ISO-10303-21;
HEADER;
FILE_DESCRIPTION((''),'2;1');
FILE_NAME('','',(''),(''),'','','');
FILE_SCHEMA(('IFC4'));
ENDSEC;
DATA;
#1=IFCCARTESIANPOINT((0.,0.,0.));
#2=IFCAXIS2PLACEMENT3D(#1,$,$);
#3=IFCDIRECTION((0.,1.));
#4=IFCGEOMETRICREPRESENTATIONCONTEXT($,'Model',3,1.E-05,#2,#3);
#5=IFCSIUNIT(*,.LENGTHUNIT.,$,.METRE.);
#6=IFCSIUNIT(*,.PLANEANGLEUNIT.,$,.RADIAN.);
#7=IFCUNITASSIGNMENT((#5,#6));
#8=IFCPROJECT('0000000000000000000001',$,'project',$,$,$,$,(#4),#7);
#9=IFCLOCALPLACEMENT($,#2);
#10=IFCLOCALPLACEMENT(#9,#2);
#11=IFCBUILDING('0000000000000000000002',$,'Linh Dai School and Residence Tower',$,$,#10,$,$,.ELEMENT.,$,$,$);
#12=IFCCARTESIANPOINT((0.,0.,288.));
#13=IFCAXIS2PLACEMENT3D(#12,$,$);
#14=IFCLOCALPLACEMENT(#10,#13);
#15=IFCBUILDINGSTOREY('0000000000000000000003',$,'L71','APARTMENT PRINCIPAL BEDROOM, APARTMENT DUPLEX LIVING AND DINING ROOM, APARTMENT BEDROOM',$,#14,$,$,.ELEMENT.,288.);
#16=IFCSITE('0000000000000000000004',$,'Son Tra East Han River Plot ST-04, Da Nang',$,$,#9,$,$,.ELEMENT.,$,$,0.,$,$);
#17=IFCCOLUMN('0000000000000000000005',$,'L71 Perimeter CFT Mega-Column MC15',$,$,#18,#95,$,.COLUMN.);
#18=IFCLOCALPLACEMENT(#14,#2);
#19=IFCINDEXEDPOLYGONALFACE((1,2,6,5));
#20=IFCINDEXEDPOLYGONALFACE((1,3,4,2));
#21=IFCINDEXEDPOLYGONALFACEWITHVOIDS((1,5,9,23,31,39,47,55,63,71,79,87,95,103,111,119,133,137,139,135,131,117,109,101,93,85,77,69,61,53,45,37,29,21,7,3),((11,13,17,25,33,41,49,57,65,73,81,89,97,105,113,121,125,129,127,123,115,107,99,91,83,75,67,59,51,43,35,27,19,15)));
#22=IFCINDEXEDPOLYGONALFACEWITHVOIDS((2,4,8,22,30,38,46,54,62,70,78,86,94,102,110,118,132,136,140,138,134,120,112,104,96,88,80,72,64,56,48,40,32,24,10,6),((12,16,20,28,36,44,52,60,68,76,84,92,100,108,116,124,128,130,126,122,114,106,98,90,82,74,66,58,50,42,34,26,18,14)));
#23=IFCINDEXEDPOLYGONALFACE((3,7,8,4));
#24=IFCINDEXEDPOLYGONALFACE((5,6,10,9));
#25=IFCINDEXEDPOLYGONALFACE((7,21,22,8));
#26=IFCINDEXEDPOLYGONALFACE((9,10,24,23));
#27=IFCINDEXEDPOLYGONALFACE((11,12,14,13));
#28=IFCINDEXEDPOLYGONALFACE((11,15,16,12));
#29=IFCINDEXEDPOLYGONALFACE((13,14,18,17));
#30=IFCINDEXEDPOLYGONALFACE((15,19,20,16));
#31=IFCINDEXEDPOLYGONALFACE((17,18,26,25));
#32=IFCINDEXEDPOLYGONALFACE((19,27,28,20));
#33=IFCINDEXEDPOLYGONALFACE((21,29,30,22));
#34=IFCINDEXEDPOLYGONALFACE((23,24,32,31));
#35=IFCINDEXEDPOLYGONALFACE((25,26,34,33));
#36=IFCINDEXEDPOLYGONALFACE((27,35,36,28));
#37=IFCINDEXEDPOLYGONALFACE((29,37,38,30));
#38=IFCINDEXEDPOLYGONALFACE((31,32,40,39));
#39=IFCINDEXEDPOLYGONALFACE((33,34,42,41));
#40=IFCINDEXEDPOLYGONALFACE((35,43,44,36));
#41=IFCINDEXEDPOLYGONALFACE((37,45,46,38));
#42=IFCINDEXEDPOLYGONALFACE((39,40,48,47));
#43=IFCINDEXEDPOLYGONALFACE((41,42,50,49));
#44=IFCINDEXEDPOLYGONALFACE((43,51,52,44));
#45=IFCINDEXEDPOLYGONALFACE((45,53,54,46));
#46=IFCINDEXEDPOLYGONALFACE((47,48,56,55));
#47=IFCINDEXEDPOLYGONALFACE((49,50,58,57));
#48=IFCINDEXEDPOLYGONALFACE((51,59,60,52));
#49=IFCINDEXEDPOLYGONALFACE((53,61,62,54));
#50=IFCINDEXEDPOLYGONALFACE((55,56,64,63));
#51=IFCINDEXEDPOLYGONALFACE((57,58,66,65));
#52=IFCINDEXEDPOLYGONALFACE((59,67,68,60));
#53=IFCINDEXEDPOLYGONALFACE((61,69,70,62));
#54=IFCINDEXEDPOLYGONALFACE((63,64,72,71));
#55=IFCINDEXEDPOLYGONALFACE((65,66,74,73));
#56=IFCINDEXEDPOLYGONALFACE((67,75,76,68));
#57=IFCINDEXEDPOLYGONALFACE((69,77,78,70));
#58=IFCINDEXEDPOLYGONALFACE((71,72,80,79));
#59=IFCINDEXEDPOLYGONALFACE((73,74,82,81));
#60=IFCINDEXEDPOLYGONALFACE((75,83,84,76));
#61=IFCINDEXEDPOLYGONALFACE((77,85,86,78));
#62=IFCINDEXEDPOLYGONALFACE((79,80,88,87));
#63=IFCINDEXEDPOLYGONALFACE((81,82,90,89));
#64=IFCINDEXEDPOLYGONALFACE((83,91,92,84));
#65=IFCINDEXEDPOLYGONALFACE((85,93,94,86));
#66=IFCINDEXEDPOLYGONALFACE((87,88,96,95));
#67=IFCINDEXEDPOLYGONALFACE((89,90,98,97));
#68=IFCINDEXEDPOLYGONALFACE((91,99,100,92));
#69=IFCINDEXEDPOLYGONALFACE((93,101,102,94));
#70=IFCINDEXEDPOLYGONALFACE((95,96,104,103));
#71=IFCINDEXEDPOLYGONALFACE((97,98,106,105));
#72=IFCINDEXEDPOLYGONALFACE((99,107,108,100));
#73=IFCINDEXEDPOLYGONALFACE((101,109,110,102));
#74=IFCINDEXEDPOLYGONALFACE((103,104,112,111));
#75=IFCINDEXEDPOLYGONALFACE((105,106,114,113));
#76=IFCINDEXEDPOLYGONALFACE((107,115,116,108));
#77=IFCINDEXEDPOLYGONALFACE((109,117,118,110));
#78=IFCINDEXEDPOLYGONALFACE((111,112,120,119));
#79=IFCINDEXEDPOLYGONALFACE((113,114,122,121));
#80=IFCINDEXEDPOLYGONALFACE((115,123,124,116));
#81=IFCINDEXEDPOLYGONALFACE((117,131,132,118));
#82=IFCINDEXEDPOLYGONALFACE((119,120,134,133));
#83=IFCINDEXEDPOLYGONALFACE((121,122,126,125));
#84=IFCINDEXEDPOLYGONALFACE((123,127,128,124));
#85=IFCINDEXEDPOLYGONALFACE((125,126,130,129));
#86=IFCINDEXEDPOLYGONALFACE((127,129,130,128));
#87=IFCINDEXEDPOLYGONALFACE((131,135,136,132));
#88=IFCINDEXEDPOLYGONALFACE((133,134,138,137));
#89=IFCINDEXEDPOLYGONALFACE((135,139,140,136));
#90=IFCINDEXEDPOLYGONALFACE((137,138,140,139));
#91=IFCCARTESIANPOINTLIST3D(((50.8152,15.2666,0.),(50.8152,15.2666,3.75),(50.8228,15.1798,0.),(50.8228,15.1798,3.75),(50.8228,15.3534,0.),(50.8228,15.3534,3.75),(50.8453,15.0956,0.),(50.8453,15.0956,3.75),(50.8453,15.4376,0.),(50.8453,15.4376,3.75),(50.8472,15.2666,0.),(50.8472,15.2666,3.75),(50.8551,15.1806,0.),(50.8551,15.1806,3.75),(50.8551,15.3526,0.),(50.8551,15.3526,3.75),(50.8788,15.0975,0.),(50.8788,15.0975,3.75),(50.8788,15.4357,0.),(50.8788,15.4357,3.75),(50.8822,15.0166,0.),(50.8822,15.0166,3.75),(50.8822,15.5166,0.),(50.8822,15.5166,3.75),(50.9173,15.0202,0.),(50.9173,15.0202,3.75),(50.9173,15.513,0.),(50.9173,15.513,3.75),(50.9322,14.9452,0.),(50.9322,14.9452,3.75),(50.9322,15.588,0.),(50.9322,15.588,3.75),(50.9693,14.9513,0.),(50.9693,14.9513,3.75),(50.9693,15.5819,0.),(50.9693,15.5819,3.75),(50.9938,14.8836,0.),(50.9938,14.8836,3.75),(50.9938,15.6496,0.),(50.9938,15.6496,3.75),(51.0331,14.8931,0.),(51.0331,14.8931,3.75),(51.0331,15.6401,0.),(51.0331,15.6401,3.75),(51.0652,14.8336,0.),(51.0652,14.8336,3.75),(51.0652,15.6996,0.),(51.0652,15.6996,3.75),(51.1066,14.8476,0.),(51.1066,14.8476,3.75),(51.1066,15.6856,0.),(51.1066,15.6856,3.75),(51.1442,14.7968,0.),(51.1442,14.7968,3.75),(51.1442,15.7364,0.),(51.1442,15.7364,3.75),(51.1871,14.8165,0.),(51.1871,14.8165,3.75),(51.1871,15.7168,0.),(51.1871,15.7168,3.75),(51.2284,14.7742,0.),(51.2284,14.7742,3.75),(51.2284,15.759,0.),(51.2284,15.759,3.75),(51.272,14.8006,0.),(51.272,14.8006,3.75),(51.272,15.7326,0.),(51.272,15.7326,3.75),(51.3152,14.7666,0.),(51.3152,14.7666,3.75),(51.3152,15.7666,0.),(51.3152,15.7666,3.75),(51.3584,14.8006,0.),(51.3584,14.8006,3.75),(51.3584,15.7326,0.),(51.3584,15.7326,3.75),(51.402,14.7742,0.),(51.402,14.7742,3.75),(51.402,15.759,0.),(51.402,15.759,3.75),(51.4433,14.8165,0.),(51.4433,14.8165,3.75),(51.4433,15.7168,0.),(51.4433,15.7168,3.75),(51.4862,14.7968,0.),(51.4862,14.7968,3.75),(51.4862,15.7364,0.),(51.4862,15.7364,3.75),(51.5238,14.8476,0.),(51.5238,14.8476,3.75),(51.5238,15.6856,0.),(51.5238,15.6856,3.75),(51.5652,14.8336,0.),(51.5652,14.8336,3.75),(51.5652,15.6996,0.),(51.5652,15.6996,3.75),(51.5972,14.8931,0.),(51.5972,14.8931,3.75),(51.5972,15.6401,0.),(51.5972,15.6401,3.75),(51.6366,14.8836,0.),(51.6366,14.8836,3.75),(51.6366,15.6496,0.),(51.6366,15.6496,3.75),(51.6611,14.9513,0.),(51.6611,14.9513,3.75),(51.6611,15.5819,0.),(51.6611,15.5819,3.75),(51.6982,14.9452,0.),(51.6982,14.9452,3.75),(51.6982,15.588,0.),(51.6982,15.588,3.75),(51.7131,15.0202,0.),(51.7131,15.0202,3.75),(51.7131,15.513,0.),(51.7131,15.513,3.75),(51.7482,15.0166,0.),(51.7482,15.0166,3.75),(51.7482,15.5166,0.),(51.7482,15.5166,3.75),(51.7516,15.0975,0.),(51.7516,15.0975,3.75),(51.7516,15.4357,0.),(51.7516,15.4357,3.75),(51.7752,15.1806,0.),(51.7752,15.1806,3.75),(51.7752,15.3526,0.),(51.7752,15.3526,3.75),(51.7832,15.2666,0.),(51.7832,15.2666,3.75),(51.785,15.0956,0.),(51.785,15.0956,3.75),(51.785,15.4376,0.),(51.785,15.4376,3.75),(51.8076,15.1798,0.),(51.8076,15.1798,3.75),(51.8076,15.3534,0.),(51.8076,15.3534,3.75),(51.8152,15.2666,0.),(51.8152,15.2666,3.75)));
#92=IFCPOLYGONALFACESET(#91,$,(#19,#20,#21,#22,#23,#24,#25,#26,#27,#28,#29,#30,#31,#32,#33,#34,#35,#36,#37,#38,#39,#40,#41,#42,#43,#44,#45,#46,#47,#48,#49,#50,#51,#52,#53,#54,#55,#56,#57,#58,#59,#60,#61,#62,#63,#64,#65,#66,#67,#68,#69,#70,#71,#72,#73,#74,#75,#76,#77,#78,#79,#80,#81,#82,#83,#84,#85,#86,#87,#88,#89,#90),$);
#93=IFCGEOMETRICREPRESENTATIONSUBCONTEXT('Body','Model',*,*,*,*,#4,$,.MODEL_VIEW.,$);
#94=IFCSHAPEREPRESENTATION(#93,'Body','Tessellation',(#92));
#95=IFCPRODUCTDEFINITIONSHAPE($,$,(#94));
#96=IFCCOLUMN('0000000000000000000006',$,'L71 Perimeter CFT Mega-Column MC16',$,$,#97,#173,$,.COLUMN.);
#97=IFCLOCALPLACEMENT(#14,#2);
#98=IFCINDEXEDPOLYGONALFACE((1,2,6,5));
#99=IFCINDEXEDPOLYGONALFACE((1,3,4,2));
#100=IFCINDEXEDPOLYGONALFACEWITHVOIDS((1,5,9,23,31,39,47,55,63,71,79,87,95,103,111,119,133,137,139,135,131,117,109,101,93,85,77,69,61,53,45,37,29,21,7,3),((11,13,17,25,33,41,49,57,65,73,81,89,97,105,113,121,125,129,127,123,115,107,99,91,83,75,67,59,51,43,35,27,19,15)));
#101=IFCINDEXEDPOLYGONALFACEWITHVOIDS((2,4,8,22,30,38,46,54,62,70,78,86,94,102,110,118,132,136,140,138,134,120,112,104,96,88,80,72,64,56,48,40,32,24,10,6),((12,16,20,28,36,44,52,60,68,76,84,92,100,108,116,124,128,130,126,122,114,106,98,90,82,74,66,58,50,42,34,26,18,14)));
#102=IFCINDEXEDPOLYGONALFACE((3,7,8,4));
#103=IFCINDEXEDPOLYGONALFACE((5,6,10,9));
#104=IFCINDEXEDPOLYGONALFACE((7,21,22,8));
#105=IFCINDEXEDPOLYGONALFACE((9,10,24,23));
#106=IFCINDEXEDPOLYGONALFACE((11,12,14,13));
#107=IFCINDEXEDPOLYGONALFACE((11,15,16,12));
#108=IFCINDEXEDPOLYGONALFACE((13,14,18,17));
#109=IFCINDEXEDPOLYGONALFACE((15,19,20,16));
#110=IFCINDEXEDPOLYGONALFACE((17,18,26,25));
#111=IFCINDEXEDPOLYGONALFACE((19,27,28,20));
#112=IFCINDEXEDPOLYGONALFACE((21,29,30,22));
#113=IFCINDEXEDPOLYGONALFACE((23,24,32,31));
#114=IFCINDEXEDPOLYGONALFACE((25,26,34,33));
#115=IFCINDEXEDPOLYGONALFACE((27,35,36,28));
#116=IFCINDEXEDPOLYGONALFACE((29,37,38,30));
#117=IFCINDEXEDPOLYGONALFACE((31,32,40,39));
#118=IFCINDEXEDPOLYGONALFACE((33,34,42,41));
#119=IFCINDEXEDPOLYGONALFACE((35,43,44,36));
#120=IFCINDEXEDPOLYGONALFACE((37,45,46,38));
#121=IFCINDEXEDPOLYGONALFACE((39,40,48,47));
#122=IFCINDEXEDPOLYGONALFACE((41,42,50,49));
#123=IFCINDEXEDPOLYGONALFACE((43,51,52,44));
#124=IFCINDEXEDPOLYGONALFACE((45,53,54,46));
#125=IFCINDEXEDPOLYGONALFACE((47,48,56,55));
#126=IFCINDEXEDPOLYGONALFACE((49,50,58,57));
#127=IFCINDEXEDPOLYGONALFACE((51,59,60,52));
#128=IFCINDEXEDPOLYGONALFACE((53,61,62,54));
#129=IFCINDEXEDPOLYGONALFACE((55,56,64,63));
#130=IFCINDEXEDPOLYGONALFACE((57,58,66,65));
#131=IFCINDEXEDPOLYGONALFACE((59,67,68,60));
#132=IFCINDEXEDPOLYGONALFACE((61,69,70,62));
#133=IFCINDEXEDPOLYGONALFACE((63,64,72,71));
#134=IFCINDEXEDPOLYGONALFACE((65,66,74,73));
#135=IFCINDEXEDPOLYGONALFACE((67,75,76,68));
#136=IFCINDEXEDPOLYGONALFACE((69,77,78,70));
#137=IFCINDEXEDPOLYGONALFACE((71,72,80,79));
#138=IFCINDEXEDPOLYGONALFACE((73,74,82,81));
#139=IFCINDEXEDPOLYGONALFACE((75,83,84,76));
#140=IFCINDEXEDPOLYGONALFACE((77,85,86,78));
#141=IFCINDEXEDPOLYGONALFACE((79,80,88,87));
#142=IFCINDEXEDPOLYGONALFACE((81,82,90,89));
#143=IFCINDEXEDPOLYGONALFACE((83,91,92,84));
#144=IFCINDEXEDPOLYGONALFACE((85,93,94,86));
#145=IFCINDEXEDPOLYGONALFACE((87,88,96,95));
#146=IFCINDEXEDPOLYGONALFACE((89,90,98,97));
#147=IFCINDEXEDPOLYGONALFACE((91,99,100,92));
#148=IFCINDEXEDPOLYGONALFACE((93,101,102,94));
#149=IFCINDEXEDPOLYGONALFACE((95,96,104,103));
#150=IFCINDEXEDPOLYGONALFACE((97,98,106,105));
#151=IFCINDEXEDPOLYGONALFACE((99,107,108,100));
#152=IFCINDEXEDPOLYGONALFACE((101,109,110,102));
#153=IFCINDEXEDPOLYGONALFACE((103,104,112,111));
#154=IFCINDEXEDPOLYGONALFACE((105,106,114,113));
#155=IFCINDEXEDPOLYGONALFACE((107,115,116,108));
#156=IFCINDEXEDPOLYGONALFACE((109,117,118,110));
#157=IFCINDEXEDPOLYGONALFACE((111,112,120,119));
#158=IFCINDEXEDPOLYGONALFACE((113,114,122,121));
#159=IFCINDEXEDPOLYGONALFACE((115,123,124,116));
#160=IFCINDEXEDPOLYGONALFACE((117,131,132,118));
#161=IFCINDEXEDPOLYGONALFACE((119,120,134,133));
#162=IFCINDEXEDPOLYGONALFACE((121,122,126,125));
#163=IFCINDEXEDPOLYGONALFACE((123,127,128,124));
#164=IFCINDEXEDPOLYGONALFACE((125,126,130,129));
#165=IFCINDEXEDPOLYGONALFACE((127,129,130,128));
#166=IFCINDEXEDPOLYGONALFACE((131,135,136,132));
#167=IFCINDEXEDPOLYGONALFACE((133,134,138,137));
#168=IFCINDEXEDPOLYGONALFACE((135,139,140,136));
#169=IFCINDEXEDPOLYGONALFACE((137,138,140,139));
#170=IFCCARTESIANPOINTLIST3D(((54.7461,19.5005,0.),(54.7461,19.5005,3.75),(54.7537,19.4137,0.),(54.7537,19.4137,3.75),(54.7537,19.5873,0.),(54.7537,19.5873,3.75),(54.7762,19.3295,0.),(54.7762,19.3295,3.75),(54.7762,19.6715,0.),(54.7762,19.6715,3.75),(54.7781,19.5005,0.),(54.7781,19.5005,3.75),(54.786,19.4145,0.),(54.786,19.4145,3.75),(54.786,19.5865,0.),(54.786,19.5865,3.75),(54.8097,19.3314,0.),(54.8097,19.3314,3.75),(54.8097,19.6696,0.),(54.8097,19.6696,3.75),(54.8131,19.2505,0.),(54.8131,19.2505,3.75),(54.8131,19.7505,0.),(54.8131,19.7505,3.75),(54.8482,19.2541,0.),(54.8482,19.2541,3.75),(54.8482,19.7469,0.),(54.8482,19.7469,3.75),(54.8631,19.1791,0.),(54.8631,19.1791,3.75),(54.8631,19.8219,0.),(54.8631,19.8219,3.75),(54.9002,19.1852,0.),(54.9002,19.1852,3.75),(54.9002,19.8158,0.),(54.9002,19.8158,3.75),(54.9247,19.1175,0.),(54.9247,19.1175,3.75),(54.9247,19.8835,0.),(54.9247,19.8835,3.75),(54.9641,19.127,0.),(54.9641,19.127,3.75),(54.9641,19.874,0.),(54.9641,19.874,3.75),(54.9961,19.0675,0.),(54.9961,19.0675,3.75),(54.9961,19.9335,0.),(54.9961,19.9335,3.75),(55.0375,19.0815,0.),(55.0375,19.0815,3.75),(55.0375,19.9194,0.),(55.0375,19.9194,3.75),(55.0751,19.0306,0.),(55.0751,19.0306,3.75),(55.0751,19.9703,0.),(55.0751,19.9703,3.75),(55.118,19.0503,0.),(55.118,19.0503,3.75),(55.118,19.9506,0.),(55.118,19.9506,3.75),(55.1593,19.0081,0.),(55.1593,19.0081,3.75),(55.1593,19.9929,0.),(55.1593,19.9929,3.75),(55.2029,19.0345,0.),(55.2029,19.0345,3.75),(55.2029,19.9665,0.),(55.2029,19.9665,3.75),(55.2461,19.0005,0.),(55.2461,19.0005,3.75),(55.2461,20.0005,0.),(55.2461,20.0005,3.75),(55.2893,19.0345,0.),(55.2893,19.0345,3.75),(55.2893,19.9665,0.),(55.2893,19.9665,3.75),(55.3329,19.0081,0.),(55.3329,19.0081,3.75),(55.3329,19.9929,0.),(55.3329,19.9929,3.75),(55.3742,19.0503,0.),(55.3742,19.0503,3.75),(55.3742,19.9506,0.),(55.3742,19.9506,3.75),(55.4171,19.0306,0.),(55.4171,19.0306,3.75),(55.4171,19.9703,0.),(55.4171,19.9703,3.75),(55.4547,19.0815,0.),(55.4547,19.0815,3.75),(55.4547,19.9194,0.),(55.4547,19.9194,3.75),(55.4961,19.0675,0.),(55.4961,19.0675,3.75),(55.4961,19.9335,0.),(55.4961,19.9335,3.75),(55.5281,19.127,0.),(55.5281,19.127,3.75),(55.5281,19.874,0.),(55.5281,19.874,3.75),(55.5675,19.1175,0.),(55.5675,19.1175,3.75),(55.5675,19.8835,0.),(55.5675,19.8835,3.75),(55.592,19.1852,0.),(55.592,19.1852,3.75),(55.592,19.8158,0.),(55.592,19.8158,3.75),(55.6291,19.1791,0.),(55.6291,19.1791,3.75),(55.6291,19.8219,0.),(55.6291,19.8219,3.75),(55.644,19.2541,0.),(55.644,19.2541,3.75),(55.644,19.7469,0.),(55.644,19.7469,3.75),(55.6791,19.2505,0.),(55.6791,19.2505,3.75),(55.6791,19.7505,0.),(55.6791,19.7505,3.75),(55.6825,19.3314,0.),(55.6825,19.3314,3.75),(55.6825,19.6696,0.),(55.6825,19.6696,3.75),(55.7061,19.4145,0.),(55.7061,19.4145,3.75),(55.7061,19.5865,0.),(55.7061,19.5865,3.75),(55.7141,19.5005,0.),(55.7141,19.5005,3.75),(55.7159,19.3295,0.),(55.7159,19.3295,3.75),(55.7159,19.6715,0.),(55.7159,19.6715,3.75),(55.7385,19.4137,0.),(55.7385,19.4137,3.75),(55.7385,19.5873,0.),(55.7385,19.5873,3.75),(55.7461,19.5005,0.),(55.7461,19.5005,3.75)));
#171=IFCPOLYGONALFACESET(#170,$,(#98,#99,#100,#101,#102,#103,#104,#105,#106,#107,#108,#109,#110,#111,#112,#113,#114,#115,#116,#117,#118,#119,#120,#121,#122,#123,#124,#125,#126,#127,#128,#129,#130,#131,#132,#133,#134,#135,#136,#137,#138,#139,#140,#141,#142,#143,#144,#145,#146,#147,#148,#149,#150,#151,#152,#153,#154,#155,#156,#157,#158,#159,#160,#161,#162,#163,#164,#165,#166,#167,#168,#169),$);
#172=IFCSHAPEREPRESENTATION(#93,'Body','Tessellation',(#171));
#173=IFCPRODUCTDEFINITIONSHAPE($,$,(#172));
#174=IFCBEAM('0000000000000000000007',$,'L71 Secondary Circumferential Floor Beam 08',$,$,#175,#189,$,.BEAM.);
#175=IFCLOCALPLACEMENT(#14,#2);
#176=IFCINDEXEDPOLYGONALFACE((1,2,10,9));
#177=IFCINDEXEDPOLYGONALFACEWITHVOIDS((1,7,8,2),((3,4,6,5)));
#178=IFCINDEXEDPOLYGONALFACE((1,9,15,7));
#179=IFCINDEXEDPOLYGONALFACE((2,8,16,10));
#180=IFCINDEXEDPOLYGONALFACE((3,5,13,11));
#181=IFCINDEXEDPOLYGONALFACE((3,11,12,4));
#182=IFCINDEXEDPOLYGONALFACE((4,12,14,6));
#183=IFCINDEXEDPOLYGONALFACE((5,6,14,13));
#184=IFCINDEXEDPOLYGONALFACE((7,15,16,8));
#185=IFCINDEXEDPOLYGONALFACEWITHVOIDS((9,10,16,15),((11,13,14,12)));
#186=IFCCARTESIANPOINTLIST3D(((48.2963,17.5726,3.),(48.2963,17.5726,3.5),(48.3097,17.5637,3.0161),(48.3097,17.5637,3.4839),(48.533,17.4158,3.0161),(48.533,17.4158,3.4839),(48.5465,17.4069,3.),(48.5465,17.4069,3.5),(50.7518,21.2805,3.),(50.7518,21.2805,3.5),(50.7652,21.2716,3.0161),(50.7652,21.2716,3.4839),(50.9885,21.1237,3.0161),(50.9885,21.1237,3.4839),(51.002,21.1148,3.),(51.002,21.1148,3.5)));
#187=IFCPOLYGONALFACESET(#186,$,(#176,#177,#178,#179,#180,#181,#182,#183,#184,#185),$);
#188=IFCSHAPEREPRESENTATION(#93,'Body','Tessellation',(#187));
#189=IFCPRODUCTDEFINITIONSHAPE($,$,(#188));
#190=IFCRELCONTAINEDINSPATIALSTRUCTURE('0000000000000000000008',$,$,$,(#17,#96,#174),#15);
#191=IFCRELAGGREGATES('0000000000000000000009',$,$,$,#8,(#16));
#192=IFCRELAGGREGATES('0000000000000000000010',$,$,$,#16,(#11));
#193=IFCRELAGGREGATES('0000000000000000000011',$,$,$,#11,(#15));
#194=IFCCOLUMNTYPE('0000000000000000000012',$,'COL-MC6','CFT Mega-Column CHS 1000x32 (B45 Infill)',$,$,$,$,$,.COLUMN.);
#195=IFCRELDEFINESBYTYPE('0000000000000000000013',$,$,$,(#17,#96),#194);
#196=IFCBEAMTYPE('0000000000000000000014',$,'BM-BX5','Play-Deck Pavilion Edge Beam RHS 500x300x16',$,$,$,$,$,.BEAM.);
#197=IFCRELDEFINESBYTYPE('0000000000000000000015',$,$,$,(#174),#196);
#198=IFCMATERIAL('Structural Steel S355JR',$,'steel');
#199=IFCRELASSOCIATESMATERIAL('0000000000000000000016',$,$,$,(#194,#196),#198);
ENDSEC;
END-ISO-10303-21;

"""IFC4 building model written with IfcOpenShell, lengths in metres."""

from ifc_helpers import new_model, si_unit, direction, frame, origin, origin_2d, place, context, subcontext, project, spatial, hollow_rectangle, hollow_circle, extrude, material, material_profile, profile_set, type_object, element, save


model = new_model("IFC4")

# Units and contexts
model_context = context("Model", 3, precision=1e-05, world=origin(), true_north=direction((0.0, 1.0)))
body_context = subcontext(model_context, "Body", "Model", "MODEL_VIEW")
ifc_project = project(units=[si_unit("LENGTHUNIT", "METRE"), si_unit("PLANEANGLEUNIT", "RADIAN")], contexts=[model_context])

# Site, building, storey
site_placement = place(None, origin())
site = spatial("IfcSite", under=ifc_project, at=site_placement, Name="Son Tra East Han River Plot ST-04, Da Nang", CompositionType="ELEMENT", RefElevation=0.0)
building_placement = place(site_placement, origin())
building = spatial("IfcBuilding", under=site, at=building_placement, Name="Linh Dai School and Residence Tower", CompositionType="ELEMENT")
storey_placement = place(building_placement, frame((0.0, 0.0, 288.0)))
storey = spatial("IfcBuildingStorey", under=building, at=storey_placement, Name="L71", Description="APARTMENT PRINCIPAL BEDROOM, APARTMENT DUPLEX LIVING AND DINING ROOM, APARTMENT BEDROOM", CompositionType="ELEMENT", Elevation=288.0)

# Columns
ifc_material_1 = material(Name="Structural Steel S355JR", Category="steel")
ifc_material_profile_1 = material_profile(ifc_material_1, hollow_circle(Radius=0.5, WallThickness=0.032, at=origin_2d()), Name="CHS 1000x32")
ifc_profile_set_1 = profile_set([ifc_material_profile_1], Name="Structural Steel S355JR")
column_type = type_object("IfcColumnType", Name="COL-MC6", Description="CFT Mega-Column CHS 1000x32 (B45 Infill)", PredefinedType="COLUMN", material=ifc_profile_set_1)
for number, where, z_axis, x_axis, name in (
    (1, (51.3152, 15.2666, 0.0), (0.0, 0.0, 1.0), (1.0, 0.0, 0.0), "L71 Perimeter CFT Mega-Column MC15"),
    (2, (55.2461, 19.5005, 0.0), (0.0, 0.0, 1.0), (1.0, 0.0, 0.0), "L71 Perimeter CFT Mega-Column MC16"),
):
    element("IfcColumn", number, at=place(storey_placement, frame(where, z_axis=z_axis, x_axis=x_axis)), inside=storey, type_object=column_type, Name=name, PredefinedType="COLUMN", context=body_context, shape_type="SweptSolid", body=[
        extrude(hollow_circle(Radius=0.5, WallThickness=0.032, at=origin_2d()), origin(), (0.0, 0.0, 1.0), 3.75),
    ])

# Beam
ifc_material_profile_2 = material_profile(ifc_material_1, hollow_rectangle(XDim=0.3, YDim=0.5, WallThickness=0.0161, at=origin_2d()), Name="RHS 500x300x16")
ifc_profile_set_2 = profile_set([ifc_material_profile_2], Name="Structural Steel S355JR")
beam_type_1 = type_object("IfcBeamType", Name="BM-BX5", Description="Play-Deck Pavilion Edge Beam RHS 500x300x16", PredefinedType="BEAM", material=ifc_profile_set_2)
beam_1_placement = place(storey_placement, frame((48.4214, 17.4897, 3.25), z_axis=(0.552139, 0.833752, 0.0), x_axis=(-0.833752, 0.552139, 0.0)))
element("IfcBeam", 3, at=beam_1_placement, inside=storey, type_object=beam_type_1, Name="L71 Secondary Circumferential Floor Beam 08", PredefinedType="BEAM", context=body_context, shape_type="SweptSolid", body=[
    extrude(hollow_rectangle(XDim=0.3, YDim=0.5, WallThickness=0.0161, at=origin_2d()), origin(), (0.0, 0.0, 1.0), 4.4473),
])

save(model, "model.ifc")
